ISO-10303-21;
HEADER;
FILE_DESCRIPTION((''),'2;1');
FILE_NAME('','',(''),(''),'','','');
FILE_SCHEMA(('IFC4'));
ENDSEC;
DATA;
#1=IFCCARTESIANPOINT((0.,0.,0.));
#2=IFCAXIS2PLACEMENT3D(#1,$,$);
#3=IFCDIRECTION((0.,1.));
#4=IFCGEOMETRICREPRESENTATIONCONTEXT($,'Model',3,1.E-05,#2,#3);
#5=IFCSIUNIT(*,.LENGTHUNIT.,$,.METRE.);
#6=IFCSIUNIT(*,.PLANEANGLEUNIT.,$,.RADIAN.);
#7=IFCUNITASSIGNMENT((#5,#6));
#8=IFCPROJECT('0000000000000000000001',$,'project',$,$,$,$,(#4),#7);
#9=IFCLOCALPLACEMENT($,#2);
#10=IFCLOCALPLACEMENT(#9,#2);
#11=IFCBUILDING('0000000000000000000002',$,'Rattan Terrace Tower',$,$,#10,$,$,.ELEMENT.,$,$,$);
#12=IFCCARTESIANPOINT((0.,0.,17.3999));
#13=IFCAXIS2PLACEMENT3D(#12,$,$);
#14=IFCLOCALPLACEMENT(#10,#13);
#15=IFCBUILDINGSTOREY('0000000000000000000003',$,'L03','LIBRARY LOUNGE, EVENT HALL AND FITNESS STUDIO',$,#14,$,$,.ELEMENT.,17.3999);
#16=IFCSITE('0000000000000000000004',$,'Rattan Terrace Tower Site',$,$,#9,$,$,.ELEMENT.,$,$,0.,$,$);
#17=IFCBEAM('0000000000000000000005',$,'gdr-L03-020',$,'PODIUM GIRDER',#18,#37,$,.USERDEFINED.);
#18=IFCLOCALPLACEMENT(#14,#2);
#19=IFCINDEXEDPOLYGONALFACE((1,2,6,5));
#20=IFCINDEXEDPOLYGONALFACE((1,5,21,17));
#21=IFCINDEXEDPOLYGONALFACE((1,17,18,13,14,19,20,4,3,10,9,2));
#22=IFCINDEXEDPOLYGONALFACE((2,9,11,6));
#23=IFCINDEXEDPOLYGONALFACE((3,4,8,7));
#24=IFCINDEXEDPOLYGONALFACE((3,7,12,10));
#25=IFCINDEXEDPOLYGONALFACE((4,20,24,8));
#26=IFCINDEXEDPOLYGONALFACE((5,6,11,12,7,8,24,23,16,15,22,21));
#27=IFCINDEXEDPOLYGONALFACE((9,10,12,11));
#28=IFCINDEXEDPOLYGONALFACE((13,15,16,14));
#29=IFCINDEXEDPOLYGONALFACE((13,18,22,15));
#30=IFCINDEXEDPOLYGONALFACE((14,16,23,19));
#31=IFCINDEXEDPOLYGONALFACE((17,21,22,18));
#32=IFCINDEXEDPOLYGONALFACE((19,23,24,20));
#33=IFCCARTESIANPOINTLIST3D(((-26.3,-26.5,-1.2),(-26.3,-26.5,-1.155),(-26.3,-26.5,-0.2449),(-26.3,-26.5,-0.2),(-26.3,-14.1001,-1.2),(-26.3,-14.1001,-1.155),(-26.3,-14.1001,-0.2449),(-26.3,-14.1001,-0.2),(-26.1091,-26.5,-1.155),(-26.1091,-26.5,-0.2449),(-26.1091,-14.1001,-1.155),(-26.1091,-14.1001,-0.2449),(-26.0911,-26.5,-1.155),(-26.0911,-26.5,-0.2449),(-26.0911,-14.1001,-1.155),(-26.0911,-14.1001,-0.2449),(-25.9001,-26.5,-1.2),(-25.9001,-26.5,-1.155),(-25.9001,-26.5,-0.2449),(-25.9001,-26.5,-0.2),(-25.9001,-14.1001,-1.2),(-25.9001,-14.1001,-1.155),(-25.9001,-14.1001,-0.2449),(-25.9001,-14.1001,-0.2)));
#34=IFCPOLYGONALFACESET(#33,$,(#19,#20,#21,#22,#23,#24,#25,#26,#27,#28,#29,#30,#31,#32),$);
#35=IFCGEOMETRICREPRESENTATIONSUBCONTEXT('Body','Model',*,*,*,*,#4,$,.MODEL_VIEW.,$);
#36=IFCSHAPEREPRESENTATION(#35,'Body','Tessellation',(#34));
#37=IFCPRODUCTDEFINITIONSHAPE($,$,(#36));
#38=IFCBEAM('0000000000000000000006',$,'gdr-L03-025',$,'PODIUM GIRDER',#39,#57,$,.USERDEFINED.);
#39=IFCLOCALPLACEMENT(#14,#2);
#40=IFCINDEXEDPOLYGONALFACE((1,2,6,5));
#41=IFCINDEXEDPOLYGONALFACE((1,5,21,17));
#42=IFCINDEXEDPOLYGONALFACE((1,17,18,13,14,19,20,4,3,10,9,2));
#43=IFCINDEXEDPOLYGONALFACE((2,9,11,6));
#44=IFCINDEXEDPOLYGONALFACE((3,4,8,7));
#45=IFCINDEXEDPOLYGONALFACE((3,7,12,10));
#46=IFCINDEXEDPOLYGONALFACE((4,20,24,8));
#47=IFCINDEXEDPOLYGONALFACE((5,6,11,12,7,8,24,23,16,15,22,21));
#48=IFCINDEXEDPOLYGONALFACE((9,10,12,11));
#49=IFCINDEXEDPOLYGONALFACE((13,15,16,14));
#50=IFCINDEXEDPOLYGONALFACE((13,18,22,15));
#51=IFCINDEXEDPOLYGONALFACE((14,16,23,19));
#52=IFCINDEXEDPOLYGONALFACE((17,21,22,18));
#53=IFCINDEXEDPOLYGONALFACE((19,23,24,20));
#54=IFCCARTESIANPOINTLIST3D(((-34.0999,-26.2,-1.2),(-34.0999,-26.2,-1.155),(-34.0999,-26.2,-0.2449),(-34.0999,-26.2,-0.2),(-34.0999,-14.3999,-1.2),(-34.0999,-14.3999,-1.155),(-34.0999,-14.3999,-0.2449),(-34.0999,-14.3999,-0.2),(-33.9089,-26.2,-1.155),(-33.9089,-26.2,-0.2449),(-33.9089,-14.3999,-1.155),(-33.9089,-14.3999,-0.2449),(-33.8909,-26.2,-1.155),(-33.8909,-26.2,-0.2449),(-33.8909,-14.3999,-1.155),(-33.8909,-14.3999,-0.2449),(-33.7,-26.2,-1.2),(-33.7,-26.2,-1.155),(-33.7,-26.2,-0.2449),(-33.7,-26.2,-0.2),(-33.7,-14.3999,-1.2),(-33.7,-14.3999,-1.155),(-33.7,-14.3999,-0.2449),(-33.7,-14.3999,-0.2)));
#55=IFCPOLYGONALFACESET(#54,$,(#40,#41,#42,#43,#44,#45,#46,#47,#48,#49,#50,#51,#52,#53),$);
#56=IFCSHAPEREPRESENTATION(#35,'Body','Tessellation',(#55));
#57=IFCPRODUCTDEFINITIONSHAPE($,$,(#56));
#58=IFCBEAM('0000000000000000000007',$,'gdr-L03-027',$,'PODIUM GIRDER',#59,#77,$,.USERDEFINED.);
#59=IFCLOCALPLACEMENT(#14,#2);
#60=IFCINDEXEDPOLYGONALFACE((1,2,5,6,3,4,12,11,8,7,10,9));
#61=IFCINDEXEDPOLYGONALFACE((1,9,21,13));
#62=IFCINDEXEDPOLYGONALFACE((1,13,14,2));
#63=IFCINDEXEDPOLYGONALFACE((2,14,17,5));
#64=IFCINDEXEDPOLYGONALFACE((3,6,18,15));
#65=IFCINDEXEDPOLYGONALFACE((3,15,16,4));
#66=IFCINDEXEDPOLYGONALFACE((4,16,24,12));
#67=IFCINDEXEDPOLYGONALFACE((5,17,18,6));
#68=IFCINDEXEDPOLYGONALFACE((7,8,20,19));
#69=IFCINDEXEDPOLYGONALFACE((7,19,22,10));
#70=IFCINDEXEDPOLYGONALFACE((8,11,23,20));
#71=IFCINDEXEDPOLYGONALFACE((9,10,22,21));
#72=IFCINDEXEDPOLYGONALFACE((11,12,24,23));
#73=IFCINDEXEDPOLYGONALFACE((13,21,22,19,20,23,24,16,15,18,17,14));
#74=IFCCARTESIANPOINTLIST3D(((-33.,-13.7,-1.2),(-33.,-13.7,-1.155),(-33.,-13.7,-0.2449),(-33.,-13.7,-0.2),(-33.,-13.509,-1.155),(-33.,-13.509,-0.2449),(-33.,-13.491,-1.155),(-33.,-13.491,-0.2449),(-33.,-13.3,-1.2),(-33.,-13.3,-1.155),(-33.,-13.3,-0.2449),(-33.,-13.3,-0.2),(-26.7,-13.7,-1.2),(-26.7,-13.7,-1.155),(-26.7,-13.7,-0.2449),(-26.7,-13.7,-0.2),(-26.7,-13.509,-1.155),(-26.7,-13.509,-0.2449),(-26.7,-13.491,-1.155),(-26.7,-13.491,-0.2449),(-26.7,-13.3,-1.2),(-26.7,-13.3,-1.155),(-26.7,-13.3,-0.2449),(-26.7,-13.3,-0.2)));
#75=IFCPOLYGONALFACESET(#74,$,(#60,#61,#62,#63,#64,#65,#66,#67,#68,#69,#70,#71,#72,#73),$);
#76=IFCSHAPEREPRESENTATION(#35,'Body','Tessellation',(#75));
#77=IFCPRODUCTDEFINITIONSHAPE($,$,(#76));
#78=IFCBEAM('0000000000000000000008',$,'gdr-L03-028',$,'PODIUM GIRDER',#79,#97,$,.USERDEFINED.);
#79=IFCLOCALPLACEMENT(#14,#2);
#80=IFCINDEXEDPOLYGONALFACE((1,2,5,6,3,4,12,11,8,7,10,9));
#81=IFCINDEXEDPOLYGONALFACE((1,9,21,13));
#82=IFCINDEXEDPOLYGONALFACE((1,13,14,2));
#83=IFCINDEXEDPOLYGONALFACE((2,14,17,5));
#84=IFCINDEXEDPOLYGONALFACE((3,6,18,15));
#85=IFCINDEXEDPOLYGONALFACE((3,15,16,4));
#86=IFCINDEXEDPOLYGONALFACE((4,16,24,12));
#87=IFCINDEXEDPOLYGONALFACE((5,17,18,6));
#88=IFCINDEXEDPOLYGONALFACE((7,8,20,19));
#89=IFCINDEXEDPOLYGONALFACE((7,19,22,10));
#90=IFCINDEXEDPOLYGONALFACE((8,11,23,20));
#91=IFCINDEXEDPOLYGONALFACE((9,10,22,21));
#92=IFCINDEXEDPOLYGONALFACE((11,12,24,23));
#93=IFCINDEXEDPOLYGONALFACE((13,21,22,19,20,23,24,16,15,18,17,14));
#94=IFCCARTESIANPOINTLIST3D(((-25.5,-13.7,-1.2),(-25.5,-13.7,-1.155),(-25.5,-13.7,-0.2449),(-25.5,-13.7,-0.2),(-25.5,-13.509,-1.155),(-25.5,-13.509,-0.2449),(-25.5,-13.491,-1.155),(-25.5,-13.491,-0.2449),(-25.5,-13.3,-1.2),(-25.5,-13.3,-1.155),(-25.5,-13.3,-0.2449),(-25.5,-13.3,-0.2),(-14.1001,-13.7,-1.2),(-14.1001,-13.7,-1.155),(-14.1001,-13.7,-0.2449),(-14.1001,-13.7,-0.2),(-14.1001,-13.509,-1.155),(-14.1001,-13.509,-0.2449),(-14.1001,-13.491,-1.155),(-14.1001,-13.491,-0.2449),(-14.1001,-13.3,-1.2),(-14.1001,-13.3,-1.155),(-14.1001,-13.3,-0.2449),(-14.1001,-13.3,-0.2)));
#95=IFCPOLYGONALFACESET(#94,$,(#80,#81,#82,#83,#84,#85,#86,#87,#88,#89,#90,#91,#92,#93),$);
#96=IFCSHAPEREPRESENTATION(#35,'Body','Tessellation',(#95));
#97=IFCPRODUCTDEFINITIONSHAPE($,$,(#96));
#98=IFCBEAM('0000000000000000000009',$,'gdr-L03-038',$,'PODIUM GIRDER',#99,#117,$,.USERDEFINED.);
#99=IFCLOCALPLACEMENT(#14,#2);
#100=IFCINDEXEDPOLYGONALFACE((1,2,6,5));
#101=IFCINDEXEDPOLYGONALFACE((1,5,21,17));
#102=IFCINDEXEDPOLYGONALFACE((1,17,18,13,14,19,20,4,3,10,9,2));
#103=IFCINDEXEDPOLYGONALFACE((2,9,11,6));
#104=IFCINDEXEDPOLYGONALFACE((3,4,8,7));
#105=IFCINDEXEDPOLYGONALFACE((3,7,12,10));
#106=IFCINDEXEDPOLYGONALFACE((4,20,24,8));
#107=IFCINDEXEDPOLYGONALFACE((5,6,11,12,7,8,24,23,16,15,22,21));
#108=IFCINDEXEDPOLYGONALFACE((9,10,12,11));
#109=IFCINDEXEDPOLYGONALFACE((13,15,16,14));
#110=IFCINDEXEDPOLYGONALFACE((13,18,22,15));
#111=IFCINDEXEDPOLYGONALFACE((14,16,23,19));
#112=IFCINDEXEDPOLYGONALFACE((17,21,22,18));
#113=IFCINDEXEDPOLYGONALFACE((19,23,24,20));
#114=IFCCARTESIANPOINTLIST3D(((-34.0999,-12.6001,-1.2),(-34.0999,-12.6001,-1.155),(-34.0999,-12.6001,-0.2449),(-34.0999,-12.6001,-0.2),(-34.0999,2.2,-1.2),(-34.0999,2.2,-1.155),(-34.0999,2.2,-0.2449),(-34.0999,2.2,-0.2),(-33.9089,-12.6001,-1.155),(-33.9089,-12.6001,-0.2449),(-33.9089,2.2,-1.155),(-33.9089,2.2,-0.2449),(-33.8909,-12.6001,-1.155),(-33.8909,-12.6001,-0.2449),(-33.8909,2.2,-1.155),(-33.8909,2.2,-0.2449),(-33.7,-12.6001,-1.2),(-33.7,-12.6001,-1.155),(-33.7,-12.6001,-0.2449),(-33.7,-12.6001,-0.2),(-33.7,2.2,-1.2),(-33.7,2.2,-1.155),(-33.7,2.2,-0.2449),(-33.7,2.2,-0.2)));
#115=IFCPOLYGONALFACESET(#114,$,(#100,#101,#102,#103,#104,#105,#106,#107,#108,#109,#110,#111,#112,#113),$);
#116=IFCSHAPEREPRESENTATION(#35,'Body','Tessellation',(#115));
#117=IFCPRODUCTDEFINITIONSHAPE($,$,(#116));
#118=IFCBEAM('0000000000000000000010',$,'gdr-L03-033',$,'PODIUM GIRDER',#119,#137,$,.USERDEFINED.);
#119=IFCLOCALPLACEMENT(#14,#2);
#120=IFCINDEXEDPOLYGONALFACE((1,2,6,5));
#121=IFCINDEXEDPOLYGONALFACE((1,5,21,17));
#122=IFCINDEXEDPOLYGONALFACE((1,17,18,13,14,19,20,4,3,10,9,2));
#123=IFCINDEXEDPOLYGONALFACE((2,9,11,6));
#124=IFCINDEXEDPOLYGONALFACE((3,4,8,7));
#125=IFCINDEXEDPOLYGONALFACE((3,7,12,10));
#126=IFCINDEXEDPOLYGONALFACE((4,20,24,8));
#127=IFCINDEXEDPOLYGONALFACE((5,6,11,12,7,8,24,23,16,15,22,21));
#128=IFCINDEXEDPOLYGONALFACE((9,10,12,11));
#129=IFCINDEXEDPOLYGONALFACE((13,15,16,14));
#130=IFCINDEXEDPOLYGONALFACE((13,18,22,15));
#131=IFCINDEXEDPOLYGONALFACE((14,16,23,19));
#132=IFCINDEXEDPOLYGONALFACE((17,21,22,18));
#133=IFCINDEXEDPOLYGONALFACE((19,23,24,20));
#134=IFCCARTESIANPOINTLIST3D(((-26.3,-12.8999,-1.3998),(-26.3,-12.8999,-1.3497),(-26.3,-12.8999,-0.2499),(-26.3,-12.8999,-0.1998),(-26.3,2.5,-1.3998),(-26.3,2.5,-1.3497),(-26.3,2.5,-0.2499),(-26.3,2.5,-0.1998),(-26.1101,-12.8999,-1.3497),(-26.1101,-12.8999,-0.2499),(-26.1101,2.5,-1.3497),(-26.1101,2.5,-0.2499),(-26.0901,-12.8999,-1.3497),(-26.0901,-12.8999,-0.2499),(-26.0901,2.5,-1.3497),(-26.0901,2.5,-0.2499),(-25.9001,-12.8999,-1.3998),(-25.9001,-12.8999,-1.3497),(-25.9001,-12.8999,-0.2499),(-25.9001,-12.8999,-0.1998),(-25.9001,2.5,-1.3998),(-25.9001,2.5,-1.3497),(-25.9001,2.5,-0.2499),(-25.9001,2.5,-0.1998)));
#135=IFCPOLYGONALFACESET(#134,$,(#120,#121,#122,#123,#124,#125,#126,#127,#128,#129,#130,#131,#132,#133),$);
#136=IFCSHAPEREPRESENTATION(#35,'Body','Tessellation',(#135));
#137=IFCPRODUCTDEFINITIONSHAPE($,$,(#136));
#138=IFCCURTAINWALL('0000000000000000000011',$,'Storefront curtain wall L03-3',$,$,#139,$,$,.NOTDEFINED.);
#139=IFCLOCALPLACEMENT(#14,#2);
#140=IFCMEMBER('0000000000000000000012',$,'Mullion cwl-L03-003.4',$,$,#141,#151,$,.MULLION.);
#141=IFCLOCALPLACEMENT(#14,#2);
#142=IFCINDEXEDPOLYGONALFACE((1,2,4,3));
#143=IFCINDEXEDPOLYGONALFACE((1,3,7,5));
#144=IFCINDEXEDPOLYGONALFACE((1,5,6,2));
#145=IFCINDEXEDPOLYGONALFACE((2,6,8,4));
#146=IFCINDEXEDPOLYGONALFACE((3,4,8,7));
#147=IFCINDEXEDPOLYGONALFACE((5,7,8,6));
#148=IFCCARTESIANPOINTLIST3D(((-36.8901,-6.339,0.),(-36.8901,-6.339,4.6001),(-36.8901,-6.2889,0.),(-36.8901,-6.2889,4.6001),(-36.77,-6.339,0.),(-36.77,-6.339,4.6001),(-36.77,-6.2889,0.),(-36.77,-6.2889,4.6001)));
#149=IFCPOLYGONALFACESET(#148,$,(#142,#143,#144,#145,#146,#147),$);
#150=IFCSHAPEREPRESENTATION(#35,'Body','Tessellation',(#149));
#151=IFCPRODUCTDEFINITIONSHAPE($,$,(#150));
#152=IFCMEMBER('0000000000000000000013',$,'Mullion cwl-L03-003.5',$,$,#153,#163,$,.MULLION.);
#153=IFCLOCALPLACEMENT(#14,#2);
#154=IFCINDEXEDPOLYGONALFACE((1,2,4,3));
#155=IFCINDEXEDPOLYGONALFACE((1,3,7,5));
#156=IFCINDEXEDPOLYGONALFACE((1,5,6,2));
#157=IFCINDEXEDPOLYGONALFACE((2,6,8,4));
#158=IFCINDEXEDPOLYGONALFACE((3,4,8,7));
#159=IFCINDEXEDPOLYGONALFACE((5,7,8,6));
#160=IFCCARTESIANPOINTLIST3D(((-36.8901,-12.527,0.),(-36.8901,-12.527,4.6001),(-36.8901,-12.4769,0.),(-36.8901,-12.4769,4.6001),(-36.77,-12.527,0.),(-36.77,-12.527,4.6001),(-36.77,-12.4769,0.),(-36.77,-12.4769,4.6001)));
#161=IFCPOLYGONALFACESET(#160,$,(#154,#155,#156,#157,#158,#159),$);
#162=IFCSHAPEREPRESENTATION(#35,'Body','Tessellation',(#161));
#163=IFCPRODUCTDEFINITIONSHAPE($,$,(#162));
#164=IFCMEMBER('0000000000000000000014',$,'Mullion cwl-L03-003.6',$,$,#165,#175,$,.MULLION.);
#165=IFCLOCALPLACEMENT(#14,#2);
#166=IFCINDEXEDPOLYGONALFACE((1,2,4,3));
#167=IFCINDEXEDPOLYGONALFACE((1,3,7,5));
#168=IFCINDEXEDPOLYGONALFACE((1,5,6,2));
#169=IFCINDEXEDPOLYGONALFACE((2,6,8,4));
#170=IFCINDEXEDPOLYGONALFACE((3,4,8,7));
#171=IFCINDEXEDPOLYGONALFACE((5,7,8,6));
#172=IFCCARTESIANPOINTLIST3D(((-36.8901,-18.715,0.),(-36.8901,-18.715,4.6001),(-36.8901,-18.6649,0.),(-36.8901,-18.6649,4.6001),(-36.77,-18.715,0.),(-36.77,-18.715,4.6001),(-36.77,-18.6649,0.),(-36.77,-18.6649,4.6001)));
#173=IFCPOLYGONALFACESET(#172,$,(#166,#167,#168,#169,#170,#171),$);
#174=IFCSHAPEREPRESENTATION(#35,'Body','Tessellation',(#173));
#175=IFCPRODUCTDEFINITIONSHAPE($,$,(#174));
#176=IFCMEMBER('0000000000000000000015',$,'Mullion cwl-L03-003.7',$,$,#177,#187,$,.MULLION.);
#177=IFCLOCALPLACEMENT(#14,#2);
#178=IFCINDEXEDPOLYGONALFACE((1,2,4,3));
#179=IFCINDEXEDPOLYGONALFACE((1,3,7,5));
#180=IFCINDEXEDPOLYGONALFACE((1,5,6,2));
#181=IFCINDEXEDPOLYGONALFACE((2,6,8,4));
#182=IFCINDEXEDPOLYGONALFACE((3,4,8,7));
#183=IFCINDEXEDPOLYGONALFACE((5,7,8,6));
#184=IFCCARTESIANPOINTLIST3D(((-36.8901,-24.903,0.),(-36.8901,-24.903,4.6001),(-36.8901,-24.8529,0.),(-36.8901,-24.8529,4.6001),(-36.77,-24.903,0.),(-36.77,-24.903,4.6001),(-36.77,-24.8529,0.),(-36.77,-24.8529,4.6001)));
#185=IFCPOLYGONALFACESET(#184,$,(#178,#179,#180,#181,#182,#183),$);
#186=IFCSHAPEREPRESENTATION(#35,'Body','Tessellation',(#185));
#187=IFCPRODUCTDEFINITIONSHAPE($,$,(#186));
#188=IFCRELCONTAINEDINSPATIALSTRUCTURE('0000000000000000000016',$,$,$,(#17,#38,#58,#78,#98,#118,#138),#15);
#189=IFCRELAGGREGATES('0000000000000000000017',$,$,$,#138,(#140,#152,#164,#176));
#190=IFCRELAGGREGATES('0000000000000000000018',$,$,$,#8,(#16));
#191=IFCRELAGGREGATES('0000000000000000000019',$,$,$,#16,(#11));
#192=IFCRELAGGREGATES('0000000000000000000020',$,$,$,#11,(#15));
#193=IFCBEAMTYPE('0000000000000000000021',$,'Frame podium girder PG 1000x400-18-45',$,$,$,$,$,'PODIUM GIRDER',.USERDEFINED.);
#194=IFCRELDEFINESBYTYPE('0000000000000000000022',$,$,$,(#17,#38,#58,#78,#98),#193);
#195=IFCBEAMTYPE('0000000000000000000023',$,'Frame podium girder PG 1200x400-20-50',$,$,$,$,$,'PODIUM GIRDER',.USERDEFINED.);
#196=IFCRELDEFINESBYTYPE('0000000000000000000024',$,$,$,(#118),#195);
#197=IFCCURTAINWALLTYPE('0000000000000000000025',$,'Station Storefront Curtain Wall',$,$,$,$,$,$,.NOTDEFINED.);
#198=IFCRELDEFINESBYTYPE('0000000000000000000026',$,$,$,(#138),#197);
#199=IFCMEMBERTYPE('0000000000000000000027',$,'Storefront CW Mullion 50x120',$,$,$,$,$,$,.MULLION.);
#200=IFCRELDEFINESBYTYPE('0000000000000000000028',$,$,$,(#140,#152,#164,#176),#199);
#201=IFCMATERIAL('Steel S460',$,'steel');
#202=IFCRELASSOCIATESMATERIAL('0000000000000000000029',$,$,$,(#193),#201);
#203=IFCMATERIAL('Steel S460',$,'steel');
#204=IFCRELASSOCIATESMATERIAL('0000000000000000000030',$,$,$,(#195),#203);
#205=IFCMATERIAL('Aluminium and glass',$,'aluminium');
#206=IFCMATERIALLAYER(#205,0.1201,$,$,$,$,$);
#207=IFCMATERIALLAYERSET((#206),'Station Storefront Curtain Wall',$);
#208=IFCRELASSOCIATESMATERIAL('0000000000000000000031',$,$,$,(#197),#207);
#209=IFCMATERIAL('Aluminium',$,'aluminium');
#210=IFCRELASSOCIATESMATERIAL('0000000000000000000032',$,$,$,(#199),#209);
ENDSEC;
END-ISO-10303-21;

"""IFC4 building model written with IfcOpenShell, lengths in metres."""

from ifc_helpers import new_model, si_unit, direction, frame, origin, origin_2d, place, context, subcontext, project, spatial, rectangle, i_section, extrude, material, layer, layer_set, material_profile, profile_set, type_object, element, aggregate, save


model = new_model("IFC4")

# Units and contexts
model_context = context("Model", 3, precision=1e-05, world=origin(), true_north=direction((0.0, 1.0)))
body_context = subcontext(model_context, "Body", "Model", "MODEL_VIEW")
ifc_project = project(units=[si_unit("LENGTHUNIT", "METRE"), si_unit("PLANEANGLEUNIT", "RADIAN")], contexts=[model_context])

# Site, building, storey
site_placement = place(None, origin())
site = spatial("IfcSite", under=ifc_project, at=site_placement, Name="Rattan Terrace Tower Site", CompositionType="ELEMENT", RefElevation=0.0)
building_placement = place(site_placement, origin())
building = spatial("IfcBuilding", under=site, at=building_placement, Name="Rattan Terrace Tower", CompositionType="ELEMENT")
storey_placement = place(building_placement, frame((0.0, 0.0, 17.3999)))
storey = spatial("IfcBuildingStorey", under=building, at=storey_placement, Name="L03", Description="LIBRARY LOUNGE, EVENT HALL AND FITNESS STUDIO", CompositionType="ELEMENT", Elevation=17.3999)

# Beams
ifc_material_1 = material(Name="Steel S460", Category="steel")
ifc_material_profile_1 = material_profile(ifc_material_1, i_section(OverallWidth=0.3999, OverallDepth=1.0, WebThickness=0.0181, FlangeThickness=0.0449, at=origin_2d()), Name="PG 1000x400-18-45")
ifc_profile_set_1 = profile_set([ifc_material_profile_1], Name="Steel S460")
beam_type_1 = type_object("IfcBeamType", Name="Frame podium girder PG 1000x400-18-45", ElementType="PODIUM GIRDER", PredefinedType="USERDEFINED", material=ifc_profile_set_1)
beam_1_placement = place(storey_placement, frame((-26.1001, -26.5, -0.7), z_axis=(0.0, 1.0, 0.0), x_axis=(-1.0, 0.0, 0.0)))
element("IfcBeam", 1, at=beam_1_placement, inside=storey, type_object=beam_type_1, Name="gdr-L03-020", ObjectType="PODIUM GIRDER", PredefinedType="USERDEFINED", context=body_context, shape_type="SweptSolid", body=[
    extrude(i_section(OverallWidth=0.3999, OverallDepth=1.0, WebThickness=0.0181, FlangeThickness=0.0449, at=origin_2d()), origin(), (0.0, 0.0, 1.0), 12.3999),
])
beam_2_placement = place(storey_placement, frame((-33.8999, -26.2, -0.7), z_axis=(0.0, 1.0, 0.0), x_axis=(-1.0, 0.0, 0.0)))
element("IfcBeam", 2, at=beam_2_placement, inside=storey, type_object=beam_type_1, Name="gdr-L03-025", ObjectType="PODIUM GIRDER", PredefinedType="USERDEFINED", context=body_context, shape_type="SweptSolid", body=[
    extrude(i_section(OverallWidth=0.3999, OverallDepth=1.0, WebThickness=0.0181, FlangeThickness=0.0449, at=origin_2d()), origin(), (0.0, 0.0, 1.0), 11.8),
])
beam_3_placement = place(storey_placement, frame((-33.0, -13.5, -0.7), z_axis=(1.0, 0.0, 0.0), x_axis=(0.0, 1.0, 0.0)))
element("IfcBeam", 3, at=beam_3_placement, inside=storey, type_object=beam_type_1, Name="gdr-L03-027", ObjectType="PODIUM GIRDER", PredefinedType="USERDEFINED", context=body_context, shape_type="SweptSolid", body=[
    extrude(i_section(OverallWidth=0.3999, OverallDepth=1.0, WebThickness=0.0181, FlangeThickness=0.0449, at=origin_2d()), origin(), (0.0, 0.0, 1.0), 6.3),
])
beam_4_placement = place(storey_placement, frame((-25.5, -13.5, -0.7), z_axis=(1.0, 0.0, 0.0), x_axis=(0.0, 1.0, 0.0)))
element("IfcBeam", 4, at=beam_4_placement, inside=storey, type_object=beam_type_1, Name="gdr-L03-028", ObjectType="PODIUM GIRDER", PredefinedType="USERDEFINED", context=body_context, shape_type="SweptSolid", body=[
    extrude(i_section(OverallWidth=0.3999, OverallDepth=1.0, WebThickness=0.0181, FlangeThickness=0.0449, at=origin_2d()), origin(), (0.0, 0.0, 1.0), 11.3999),
])
beam_5_placement = place(storey_placement, frame((-33.8999, -12.6001, -0.7), z_axis=(0.0, 1.0, 0.0), x_axis=(-1.0, 0.0, 0.0)))
element("IfcBeam", 5, at=beam_5_placement, inside=storey, type_object=beam_type_1, Name="gdr-L03-038", ObjectType="PODIUM GIRDER", PredefinedType="USERDEFINED", context=body_context, shape_type="SweptSolid", body=[
    extrude(i_section(OverallWidth=0.3999, OverallDepth=1.0, WebThickness=0.0181, FlangeThickness=0.0449, at=origin_2d()), origin(), (0.0, 0.0, 1.0), 14.8),
])
ifc_material_2 = material(Name="Steel S460", Category="steel")
ifc_material_profile_2 = material_profile(ifc_material_2, i_section(OverallWidth=0.3999, OverallDepth=1.2, WebThickness=0.02, FlangeThickness=0.05, at=origin_2d()), Name="PG 1200x400-20-50")
ifc_profile_set_2 = profile_set([ifc_material_profile_2], Name="Steel S460")
beam_type_2 = type_object("IfcBeamType", Name="Frame podium girder PG 1200x400-20-50", ElementType="PODIUM GIRDER", PredefinedType="USERDEFINED", material=ifc_profile_set_2)
beam_6_placement = place(storey_placement, frame((-26.1001, -12.8999, -0.7998), z_axis=(0.0, 1.0, 0.0), x_axis=(-1.0, 0.0, 0.0)))
element("IfcBeam", 6, at=beam_6_placement, inside=storey, type_object=beam_type_2, Name="gdr-L03-033", ObjectType="PODIUM GIRDER", PredefinedType="USERDEFINED", context=body_context, shape_type="SweptSolid", body=[
    extrude(i_section(OverallWidth=0.3999, OverallDepth=1.2, WebThickness=0.02, FlangeThickness=0.05, at=origin_2d()), origin(), (0.0, 0.0, 1.0), 15.3999),
])

# Curtain wall, members
ifc_material_3 = material(Name="Aluminium and glass", Category="aluminium")
ifc_layer_1 = layer(ifc_material_3, 0.1201)
ifc_layer_set_1 = layer_set([ifc_layer_1], Name="Station Storefront Curtain Wall")
curtain_wall_type = type_object("IfcCurtainWallType", Name="Station Storefront Curtain Wall", PredefinedType="NOTDEFINED", material=ifc_layer_set_1)
curtain_wall_placement = place(storey_placement, origin())
curtain_wall = element("IfcCurtainWall", 7, at=curtain_wall_placement, inside=storey, type_object=curtain_wall_type, Name="Storefront curtain wall L03-3", PredefinedType="NOTDEFINED")
ifc_material_4 = material(Name="Aluminium", Category="aluminium")
ifc_material_profile_3 = material_profile(ifc_material_4, rectangle(XDim=0.05, YDim=0.1201, at=origin_2d()), Name="Aluminium 50x120")
ifc_profile_set_3 = profile_set([ifc_material_profile_3], Name="Aluminium")
member_type_1 = type_object("IfcMemberType", Name="Storefront CW Mullion 50x120", PredefinedType="MULLION", material=ifc_profile_set_3)
member_1_placement = place(storey_placement, frame((-36.8301, -6.314, 0.0), z_axis=(0.0, 0.0, 1.0), x_axis=(0.0, -1.0, 0.0)))
member_1 = element("IfcMember", 8, at=member_1_placement, type_object=member_type_1, Name="Mullion cwl-L03-003.4", PredefinedType="MULLION", context=body_context, shape_type="SweptSolid", body=[
    extrude(rectangle(XDim=0.05, YDim=0.1201, at=origin_2d()), origin(), (0.0, 0.0, 1.0), 4.6001),
])
member_2_placement = place(storey_placement, frame((-36.8301, -12.502, 0.0), z_axis=(0.0, 0.0, 1.0), x_axis=(0.0, -1.0, 0.0)))
member_2 = element("IfcMember", 9, at=member_2_placement, type_object=member_type_1, Name="Mullion cwl-L03-003.5", PredefinedType="MULLION", context=body_context, shape_type="SweptSolid", body=[
    extrude(rectangle(XDim=0.05, YDim=0.1201, at=origin_2d()), origin(), (0.0, 0.0, 1.0), 4.6001),
])
member_3_placement = place(storey_placement, frame((-36.8301, -18.6899, 0.0), z_axis=(0.0, 0.0, 1.0), x_axis=(0.0, -1.0, 0.0)))
member_3 = element("IfcMember", 10, at=member_3_placement, type_object=member_type_1, Name="Mullion cwl-L03-003.6", PredefinedType="MULLION", context=body_context, shape_type="SweptSolid", body=[
    extrude(rectangle(XDim=0.05, YDim=0.1201, at=origin_2d()), origin(), (0.0, 0.0, 1.0), 4.6001),
])
member_4_placement = place(storey_placement, frame((-36.8301, -24.8779, 0.0), z_axis=(0.0, 0.0, 1.0), x_axis=(0.0, -1.0, 0.0)))
member_4 = element("IfcMember", 11, at=member_4_placement, type_object=member_type_1, Name="Mullion cwl-L03-003.7", PredefinedType="MULLION", context=body_context, shape_type="SweptSolid", body=[
    extrude(rectangle(XDim=0.05, YDim=0.1201, at=origin_2d()), origin(), (0.0, 0.0, 1.0), 4.6001),
])
aggregate(curtain_wall, [member_1, member_2, member_3, member_4])

save(model, "model.ifc")
